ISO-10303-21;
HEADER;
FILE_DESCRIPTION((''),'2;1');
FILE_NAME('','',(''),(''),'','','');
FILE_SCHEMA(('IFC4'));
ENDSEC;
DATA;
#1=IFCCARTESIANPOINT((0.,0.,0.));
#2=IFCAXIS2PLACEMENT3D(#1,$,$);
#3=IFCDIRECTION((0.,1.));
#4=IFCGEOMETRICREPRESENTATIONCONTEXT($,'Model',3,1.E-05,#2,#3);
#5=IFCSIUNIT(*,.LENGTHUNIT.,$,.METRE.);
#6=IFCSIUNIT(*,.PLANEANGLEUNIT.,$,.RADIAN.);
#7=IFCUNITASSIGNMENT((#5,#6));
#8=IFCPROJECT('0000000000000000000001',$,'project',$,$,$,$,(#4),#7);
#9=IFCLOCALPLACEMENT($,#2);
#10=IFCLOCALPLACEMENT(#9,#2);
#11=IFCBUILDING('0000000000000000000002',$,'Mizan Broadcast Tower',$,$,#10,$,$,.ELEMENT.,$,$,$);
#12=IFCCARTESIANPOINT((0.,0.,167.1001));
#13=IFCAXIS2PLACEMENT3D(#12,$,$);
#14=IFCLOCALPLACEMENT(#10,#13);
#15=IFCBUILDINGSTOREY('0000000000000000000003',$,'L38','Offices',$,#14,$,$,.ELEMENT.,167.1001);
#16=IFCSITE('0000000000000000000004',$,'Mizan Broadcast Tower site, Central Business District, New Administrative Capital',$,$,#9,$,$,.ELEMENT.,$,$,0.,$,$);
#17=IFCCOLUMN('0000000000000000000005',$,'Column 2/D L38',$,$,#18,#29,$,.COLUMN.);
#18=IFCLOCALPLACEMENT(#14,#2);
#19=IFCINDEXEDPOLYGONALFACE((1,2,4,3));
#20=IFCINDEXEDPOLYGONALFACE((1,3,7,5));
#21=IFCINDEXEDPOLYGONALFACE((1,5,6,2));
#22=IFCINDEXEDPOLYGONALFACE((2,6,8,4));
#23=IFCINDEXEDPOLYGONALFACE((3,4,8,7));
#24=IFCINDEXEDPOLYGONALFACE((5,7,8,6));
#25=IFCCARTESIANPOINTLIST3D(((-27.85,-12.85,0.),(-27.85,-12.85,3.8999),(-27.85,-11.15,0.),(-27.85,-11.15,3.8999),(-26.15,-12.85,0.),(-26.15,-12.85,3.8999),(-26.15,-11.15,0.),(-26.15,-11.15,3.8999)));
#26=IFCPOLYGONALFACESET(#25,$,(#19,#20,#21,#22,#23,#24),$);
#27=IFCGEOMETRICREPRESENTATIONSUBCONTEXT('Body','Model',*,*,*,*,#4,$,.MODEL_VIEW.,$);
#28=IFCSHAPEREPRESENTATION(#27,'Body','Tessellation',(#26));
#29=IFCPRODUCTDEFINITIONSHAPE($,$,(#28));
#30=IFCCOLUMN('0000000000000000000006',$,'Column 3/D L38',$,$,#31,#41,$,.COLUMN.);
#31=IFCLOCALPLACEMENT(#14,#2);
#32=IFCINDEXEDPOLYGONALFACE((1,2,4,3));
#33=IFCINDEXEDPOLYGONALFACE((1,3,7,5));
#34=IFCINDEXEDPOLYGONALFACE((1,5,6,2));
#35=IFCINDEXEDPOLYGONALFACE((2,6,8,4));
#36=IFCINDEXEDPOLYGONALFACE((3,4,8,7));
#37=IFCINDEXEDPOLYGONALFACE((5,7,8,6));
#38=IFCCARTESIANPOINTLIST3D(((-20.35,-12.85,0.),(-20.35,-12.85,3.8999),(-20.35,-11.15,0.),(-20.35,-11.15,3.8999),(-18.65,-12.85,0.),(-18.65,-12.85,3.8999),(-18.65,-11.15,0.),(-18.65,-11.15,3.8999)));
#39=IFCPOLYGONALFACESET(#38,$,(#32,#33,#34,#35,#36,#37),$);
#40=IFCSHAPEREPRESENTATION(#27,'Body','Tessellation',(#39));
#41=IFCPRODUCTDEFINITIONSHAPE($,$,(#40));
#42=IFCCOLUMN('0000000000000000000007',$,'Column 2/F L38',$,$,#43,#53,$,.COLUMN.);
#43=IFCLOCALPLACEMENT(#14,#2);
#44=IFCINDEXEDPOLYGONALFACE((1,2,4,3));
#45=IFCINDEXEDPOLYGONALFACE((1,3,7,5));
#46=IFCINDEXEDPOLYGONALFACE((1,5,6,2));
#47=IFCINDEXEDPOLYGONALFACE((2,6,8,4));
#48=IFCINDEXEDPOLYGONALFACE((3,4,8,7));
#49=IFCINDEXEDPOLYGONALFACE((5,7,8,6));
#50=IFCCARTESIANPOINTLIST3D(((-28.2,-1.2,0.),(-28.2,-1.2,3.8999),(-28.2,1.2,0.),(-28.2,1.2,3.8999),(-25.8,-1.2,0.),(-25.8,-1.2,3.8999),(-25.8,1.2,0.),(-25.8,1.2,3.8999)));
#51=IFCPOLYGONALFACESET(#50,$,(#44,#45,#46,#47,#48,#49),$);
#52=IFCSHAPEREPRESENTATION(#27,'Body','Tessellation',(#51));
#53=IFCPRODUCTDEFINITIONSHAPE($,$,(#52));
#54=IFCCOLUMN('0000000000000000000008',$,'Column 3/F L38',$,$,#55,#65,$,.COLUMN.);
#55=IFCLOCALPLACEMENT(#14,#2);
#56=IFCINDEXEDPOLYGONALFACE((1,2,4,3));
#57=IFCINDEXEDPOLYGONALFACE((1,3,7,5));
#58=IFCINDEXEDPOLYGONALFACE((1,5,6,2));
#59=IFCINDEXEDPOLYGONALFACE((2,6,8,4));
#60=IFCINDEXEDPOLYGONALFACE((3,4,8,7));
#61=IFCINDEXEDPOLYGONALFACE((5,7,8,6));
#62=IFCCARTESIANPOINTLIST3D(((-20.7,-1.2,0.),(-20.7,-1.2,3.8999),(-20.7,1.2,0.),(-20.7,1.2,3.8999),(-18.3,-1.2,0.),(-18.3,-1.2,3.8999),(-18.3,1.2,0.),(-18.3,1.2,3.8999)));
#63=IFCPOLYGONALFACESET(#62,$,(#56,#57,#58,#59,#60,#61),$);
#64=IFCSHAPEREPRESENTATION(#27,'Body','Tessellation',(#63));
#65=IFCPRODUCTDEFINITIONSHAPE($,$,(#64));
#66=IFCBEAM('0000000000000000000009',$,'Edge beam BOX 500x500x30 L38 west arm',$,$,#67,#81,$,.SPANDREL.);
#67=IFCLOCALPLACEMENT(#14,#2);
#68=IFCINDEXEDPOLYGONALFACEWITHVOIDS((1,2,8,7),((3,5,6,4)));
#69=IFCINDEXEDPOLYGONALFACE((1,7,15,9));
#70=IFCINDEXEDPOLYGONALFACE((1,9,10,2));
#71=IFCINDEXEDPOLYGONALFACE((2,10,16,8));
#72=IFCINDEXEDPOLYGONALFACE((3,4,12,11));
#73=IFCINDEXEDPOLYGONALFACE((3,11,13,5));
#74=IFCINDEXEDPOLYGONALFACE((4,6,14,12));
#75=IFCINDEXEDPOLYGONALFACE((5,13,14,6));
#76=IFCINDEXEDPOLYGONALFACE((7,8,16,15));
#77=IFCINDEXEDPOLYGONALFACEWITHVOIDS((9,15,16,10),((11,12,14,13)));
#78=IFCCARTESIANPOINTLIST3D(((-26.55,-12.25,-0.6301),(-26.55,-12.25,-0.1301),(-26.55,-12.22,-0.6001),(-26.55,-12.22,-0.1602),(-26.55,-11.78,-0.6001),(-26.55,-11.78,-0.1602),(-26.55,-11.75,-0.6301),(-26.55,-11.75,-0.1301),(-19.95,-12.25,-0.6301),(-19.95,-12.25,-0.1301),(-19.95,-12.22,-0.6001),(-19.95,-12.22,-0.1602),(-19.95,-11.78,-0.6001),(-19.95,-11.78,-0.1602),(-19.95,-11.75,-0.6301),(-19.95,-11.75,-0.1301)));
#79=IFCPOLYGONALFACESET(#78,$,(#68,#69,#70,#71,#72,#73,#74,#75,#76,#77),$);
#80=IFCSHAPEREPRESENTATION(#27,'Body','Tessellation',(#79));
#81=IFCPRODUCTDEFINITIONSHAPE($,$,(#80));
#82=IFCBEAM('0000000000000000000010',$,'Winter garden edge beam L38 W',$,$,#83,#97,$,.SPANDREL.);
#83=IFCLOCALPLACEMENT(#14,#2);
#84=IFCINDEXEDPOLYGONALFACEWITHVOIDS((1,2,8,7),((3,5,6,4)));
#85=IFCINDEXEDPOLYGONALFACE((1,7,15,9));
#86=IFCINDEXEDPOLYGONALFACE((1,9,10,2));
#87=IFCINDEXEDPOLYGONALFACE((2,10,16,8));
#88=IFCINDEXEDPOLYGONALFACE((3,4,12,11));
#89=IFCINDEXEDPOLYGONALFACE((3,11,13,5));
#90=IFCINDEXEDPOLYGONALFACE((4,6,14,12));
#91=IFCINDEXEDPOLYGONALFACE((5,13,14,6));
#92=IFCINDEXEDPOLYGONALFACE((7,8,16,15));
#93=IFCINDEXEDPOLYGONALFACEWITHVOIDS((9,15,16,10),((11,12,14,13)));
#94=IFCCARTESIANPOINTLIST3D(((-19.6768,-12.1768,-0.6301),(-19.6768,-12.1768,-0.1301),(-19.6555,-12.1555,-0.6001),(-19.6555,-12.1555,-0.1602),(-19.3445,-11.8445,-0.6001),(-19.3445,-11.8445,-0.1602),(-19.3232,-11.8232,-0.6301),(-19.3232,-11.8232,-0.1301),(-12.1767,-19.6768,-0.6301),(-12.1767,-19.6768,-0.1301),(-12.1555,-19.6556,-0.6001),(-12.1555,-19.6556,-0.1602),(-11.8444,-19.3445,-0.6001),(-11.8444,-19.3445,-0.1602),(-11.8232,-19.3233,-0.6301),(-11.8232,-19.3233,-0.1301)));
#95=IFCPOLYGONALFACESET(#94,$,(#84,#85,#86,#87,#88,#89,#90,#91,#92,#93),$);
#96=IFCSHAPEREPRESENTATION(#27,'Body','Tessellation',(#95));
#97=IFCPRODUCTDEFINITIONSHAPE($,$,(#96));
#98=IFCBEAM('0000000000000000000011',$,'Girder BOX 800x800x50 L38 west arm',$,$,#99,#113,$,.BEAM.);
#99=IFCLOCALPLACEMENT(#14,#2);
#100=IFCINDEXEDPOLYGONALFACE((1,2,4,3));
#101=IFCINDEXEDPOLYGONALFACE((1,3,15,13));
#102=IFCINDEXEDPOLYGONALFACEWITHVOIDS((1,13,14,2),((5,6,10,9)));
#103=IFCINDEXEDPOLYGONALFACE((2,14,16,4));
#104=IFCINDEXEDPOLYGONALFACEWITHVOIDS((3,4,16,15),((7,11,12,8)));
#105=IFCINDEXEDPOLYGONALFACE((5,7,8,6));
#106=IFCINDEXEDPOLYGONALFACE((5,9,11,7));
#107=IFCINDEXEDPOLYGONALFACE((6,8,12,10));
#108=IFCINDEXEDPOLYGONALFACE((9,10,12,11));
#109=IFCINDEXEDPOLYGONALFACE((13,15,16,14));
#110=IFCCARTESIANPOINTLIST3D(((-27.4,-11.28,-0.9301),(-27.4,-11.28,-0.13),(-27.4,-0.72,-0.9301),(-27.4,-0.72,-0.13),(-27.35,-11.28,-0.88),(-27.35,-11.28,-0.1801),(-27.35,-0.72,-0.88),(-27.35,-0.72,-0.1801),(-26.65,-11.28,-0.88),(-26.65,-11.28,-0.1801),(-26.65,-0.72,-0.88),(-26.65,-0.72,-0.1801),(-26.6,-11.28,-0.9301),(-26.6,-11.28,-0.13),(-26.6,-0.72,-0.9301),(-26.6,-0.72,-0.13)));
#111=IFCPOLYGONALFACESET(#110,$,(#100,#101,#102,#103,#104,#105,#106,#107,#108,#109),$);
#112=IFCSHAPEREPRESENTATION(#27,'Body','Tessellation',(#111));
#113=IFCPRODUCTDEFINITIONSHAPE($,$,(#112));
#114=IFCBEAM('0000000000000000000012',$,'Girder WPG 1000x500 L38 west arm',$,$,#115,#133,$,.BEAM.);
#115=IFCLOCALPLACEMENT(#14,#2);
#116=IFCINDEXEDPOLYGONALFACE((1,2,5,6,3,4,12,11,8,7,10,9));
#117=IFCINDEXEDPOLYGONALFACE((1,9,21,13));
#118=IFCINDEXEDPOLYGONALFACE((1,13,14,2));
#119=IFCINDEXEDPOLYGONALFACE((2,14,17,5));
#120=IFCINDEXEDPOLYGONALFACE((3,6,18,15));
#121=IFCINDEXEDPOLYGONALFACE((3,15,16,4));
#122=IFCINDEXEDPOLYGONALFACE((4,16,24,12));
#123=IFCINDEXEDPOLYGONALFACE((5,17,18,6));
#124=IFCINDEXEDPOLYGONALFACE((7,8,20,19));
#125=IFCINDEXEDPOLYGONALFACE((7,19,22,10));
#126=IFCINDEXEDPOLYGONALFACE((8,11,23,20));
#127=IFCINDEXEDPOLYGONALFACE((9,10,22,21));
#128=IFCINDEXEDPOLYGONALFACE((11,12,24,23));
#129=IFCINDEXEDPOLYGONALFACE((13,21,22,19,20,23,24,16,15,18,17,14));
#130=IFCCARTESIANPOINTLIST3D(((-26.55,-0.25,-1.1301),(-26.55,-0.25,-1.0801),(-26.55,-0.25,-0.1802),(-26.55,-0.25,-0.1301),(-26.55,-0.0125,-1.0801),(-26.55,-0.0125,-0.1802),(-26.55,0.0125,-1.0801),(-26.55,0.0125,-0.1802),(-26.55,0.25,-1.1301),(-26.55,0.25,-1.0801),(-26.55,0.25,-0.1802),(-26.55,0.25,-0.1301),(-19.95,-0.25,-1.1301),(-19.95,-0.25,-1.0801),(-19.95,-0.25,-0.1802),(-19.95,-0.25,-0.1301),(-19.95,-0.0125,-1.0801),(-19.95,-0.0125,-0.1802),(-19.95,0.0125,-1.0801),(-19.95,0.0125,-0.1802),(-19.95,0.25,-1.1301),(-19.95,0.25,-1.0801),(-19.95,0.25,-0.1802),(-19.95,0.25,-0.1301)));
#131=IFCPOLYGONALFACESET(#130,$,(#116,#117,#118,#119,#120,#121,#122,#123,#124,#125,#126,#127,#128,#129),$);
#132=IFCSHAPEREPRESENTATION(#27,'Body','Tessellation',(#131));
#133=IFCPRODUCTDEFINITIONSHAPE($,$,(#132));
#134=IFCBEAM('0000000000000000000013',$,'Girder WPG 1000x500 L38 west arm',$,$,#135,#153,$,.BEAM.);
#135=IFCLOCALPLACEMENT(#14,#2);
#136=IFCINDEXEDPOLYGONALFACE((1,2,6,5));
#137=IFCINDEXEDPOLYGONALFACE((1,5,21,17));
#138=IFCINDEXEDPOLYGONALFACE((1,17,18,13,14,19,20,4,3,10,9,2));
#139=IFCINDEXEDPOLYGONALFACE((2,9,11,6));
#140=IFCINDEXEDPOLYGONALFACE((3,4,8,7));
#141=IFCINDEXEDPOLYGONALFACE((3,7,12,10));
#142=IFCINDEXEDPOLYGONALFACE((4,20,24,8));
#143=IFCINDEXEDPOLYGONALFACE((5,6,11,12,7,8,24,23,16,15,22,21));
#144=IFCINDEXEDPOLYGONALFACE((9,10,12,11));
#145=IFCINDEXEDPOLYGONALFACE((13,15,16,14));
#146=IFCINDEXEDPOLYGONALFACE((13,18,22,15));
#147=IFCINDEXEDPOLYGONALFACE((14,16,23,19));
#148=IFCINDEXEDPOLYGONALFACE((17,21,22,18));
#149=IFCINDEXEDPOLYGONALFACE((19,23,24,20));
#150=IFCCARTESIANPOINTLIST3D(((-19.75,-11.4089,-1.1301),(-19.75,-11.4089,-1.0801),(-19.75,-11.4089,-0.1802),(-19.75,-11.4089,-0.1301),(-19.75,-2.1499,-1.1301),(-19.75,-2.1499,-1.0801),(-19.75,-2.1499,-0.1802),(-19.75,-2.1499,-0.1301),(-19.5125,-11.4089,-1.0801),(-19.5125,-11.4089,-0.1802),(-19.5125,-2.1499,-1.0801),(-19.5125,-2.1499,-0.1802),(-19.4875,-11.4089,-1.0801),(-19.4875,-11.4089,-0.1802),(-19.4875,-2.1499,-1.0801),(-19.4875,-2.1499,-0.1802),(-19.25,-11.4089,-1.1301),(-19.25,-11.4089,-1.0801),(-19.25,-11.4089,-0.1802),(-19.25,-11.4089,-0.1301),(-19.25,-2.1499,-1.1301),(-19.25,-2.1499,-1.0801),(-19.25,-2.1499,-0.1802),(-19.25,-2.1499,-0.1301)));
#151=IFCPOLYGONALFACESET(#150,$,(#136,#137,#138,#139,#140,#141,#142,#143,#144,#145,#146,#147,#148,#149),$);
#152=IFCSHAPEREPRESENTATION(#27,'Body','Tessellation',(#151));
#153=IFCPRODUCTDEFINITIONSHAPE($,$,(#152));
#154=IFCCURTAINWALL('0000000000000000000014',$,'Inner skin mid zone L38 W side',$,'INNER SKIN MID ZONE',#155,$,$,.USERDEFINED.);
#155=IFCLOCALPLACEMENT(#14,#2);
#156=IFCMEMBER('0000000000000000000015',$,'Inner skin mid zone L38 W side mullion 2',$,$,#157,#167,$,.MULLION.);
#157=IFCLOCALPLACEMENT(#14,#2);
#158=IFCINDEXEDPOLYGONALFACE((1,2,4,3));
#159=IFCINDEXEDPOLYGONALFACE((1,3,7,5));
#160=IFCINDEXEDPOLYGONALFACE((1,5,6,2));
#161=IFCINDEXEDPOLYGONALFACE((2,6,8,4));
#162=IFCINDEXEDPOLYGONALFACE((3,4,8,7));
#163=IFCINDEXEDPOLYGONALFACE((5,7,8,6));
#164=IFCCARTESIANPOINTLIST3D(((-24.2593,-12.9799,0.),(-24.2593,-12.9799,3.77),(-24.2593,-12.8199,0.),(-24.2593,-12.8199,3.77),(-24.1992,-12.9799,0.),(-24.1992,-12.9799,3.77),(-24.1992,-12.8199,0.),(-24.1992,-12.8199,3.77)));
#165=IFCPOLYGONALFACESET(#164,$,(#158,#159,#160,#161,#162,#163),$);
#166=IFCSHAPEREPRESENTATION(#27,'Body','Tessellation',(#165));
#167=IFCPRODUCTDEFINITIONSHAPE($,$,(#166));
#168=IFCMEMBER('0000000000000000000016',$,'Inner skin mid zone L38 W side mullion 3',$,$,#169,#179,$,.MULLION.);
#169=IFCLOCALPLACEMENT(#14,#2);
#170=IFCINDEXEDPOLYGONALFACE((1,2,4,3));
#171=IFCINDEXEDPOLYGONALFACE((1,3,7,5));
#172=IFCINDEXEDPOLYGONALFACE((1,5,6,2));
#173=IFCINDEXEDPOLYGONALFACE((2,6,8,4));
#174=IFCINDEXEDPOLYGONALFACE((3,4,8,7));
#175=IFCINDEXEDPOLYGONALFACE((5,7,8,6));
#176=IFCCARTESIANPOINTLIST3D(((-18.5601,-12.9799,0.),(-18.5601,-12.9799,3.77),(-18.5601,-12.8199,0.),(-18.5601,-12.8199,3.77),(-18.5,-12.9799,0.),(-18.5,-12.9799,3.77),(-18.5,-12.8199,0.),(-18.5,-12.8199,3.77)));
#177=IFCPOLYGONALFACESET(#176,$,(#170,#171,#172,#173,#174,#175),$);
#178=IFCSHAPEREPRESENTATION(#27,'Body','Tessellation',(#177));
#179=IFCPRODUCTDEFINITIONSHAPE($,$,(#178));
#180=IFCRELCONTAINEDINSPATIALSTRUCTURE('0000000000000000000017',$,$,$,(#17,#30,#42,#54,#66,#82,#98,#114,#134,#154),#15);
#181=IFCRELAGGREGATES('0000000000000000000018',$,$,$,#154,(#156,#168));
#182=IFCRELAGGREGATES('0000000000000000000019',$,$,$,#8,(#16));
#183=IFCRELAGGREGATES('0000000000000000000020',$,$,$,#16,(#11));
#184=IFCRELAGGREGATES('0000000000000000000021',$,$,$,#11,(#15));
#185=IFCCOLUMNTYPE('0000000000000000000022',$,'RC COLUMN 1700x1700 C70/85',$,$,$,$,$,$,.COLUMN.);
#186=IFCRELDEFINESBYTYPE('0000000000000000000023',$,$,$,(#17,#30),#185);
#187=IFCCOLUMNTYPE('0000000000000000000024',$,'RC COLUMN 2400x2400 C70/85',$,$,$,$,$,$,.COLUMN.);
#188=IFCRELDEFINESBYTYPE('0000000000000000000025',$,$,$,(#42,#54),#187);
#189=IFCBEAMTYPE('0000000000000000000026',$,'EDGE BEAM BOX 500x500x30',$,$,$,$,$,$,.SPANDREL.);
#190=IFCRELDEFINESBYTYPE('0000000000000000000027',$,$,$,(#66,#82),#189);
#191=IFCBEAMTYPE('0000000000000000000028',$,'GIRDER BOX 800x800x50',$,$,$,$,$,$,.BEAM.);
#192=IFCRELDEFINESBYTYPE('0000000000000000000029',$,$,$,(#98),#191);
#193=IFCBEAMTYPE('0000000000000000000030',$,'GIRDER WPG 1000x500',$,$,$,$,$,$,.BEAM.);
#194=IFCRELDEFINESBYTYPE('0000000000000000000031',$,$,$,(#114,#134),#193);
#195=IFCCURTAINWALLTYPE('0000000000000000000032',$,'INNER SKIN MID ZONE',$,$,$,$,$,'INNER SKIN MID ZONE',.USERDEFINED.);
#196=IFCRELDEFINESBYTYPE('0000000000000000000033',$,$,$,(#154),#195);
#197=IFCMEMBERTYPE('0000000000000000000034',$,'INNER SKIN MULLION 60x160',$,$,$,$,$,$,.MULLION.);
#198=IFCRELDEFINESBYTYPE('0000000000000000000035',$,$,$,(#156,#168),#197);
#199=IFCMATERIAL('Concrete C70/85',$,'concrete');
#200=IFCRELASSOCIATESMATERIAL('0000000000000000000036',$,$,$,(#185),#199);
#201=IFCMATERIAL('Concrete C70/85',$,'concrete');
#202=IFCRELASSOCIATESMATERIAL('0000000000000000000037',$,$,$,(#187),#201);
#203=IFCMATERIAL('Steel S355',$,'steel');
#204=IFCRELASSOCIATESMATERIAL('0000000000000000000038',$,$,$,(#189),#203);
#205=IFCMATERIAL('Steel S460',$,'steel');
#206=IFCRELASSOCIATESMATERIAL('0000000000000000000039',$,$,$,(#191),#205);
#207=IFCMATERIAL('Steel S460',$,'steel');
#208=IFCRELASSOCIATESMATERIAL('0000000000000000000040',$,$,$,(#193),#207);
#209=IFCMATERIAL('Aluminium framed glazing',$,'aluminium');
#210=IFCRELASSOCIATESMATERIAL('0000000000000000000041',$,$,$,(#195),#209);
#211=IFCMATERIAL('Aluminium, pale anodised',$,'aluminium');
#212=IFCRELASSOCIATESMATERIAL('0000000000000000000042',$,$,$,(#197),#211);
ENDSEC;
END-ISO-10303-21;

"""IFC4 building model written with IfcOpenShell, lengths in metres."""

from ifc_helpers import new_model, si_unit, direction, frame, origin, origin_2d, place, context, subcontext, project, spatial, rectangle, hollow_rectangle, i_section, extrude, material, material_profile, profile_set, type_object, element, aggregate, save


model = new_model("IFC4")

# Units and contexts
model_context = context("Model", 3, precision=1e-05, world=origin(), true_north=direction((0.0, 1.0)))
body_context = subcontext(model_context, "Body", "Model", "MODEL_VIEW")
ifc_project = project(units=[si_unit("LENGTHUNIT", "METRE"), si_unit("PLANEANGLEUNIT", "RADIAN")], contexts=[model_context])

# Site, building, storey
site_placement = place(None, origin())
site = spatial("IfcSite", under=ifc_project, at=site_placement, Name="Mizan Broadcast Tower site, Central Business District, New Administrative Capital", CompositionType="ELEMENT", RefElevation=0.0)
building_placement = place(site_placement, origin())
building = spatial("IfcBuilding", under=site, at=building_placement, Name="Mizan Broadcast Tower", CompositionType="ELEMENT")
storey_placement = place(building_placement, frame((0.0, 0.0, 167.1001)))
storey = spatial("IfcBuildingStorey", under=building, at=storey_placement, Name="L38", Description="Offices", CompositionType="ELEMENT", Elevation=167.1001)

# Columns
ifc_material_1 = material(Name="Concrete C70/85", Category="concrete")
ifc_material_profile_1 = material_profile(ifc_material_1, rectangle(XDim=1.7, YDim=1.7, at=origin_2d()), Name="RC 1700x1700")
ifc_profile_set_1 = profile_set([ifc_material_profile_1], Name="Concrete C70/85")
column_type_1 = type_object("IfcColumnType", Name="RC COLUMN 1700x1700 C70/85", PredefinedType="COLUMN", material=ifc_profile_set_1)
for number, where, z_axis, x_axis, name in (
    (1, (-27.0, -12.0, 0.0), (0.0, 0.0, 1.0), (1.0, 0.0, 0.0), "Column 2/D L38"),
    (2, (-19.5, -12.0, 0.0), (0.0, 0.0, 1.0), (1.0, 0.0, 0.0), "Column 3/D L38"),
):
    element("IfcColumn", number, at=place(storey_placement, frame(where, z_axis=z_axis, x_axis=x_axis)), inside=storey, type_object=column_type_1, Name=name, PredefinedType="COLUMN", context=body_context, shape_type="SweptSolid", body=[
        extrude(rectangle(XDim=1.7, YDim=1.7, at=origin_2d()), origin(), (0.0, 0.0, 1.0), 3.8999),
    ])
ifc_material_2 = material(Name="Concrete C70/85", Category="concrete")
ifc_material_profile_2 = material_profile(ifc_material_2, rectangle(XDim=2.3999, YDim=2.3999, at=origin_2d()), Name="RC 2400x2400")
ifc_profile_set_2 = profile_set([ifc_material_profile_2], Name="Concrete C70/85")
column_type_2 = type_object("IfcColumnType", Name="RC COLUMN 2400x2400 C70/85", PredefinedType="COLUMN", material=ifc_profile_set_2)
for number, where, z_axis, x_axis, name in (
    (3, (-27.0, 0.0, 0.0), (0.0, 0.0, 1.0), (1.0, 0.0, 0.0), "Column 2/F L38"),
    (4, (-19.5, 0.0, 0.0), (0.0, 0.0, 1.0), (1.0, 0.0, 0.0), "Column 3/F L38"),
):
    element("IfcColumn", number, at=place(storey_placement, frame(where, z_axis=z_axis, x_axis=x_axis)), inside=storey, type_object=column_type_2, Name=name, PredefinedType="COLUMN", context=body_context, shape_type="SweptSolid", body=[
        extrude(rectangle(XDim=2.3999, YDim=2.3999, at=origin_2d()), origin(), (0.0, 0.0, 1.0), 3.8999),
    ])

# Beams
ifc_material_3 = material(Name="Steel S355", Category="steel")
ifc_material_profile_3 = material_profile(ifc_material_3, hollow_rectangle(XDim=0.5, YDim=0.5, WallThickness=0.03, at=origin_2d()), Name="BOX 500x500x30")
ifc_profile_set_3 = profile_set([ifc_material_profile_3], Name="Steel S355")
beam_type_1 = type_object("IfcBeamType", Name="EDGE BEAM BOX 500x500x30", PredefinedType="SPANDREL", material=ifc_profile_set_3)
beam_1_placement = place(storey_placement, frame((-19.95, -12.0, -0.3801), z_axis=(-1.0, 0.0, 0.0), x_axis=(0.0, -1.0, 0.0)))
element("IfcBeam", 5, at=beam_1_placement, inside=storey, type_object=beam_type_1, Name="Edge beam BOX 500x500x30 L38 west arm", PredefinedType="SPANDREL", context=body_context, shape_type="SweptSolid", body=[
    extrude(hollow_rectangle(XDim=0.5, YDim=0.5, WallThickness=0.03, at=origin_2d()), origin(), (0.0, 0.0, 1.0), 6.6001),
])
beam_2_placement = place(storey_placement, frame((-19.5, -12.0, -0.3801), z_axis=(0.707107, -0.707107, 0.0), x_axis=(0.707107, 0.707107, 0.0)))
element("IfcBeam", 6, at=beam_2_placement, inside=storey, type_object=beam_type_1, Name="Winter garden edge beam L38 W", PredefinedType="SPANDREL", context=body_context, shape_type="SweptSolid", body=[
    extrude(hollow_rectangle(XDim=0.5, YDim=0.5, WallThickness=0.03, at=origin_2d()), origin(), (0.0, 0.0, 1.0), 10.6067),
])
ifc_material_4 = material(Name="Steel S460", Category="steel")
ifc_material_profile_4 = material_profile(ifc_material_4, hollow_rectangle(XDim=0.8, YDim=0.8, WallThickness=0.05, at=origin_2d()), Name="BOX 800x800x50")
ifc_profile_set_4 = profile_set([ifc_material_profile_4], Name="Steel S460")
beam_type_2 = type_object("IfcBeamType", Name="GIRDER BOX 800x800x50", PredefinedType="BEAM", material=ifc_profile_set_4)
beam_3_placement = place(storey_placement, frame((-27.0, -11.28, -0.53), z_axis=(0.0, 1.0, 0.0), x_axis=(-1.0, 0.0, 0.0)))
element("IfcBeam", 7, at=beam_3_placement, inside=storey, type_object=beam_type_2, Name="Girder BOX 800x800x50 L38 west arm", PredefinedType="BEAM", context=body_context, shape_type="SweptSolid", body=[
    extrude(hollow_rectangle(XDim=0.8, YDim=0.8, WallThickness=0.05, at=origin_2d()), origin(), (0.0, 0.0, 1.0), 10.5601),
])
ifc_material_5 = material(Name="Steel S460", Category="steel")
ifc_material_profile_5 = material_profile(ifc_material_5, i_section(OverallWidth=0.5, OverallDepth=1.0, WebThickness=0.0249, FlangeThickness=0.05, at=origin_2d()), Name="WPG 1000x500")
ifc_profile_set_5 = profile_set([ifc_material_profile_5], Name="Steel S460")
beam_type_3 = type_object("IfcBeamType", Name="GIRDER WPG 1000x500", PredefinedType="BEAM", material=ifc_profile_set_5)
beam_4_placement = place(storey_placement, frame((-19.95, 0.0, -0.6301), z_axis=(-1.0, 0.0, 0.0), x_axis=(0.0, -1.0, 0.0)))
element("IfcBeam", 8, at=beam_4_placement, inside=storey, type_object=beam_type_3, Name="Girder WPG 1000x500 L38 west arm", PredefinedType="BEAM", context=body_context, shape_type="SweptSolid", body=[
    extrude(i_section(OverallWidth=0.5, OverallDepth=1.0, WebThickness=0.0249, FlangeThickness=0.05, at=origin_2d()), origin(), (0.0, 0.0, 1.0), 6.6001),
])
beam_5_placement = place(storey_placement, frame((-19.5, -11.4089, -0.6301), z_axis=(0.0, 1.0, 0.0), x_axis=(-1.0, 0.0, 0.0)))
element("IfcBeam", 9, at=beam_5_placement, inside=storey, type_object=beam_type_3, Name="Girder WPG 1000x500 L38 west arm", PredefinedType="BEAM", context=body_context, shape_type="SweptSolid", body=[
    extrude(i_section(OverallWidth=0.5, OverallDepth=1.0, WebThickness=0.0249, FlangeThickness=0.05, at=origin_2d()), origin(), (0.0, 0.0, 1.0), 9.259),
])

# Curtain wall, members
ifc_material_6 = material(Name="Aluminium framed glazing", Category="aluminium")
curtain_wall_type_1 = type_object("IfcCurtainWallType", Name="INNER SKIN MID ZONE", ElementType="INNER SKIN MID ZONE", PredefinedType="USERDEFINED", material=ifc_material_6)
curtain_wall_1_placement = place(storey_placement, origin())
curtain_wall_1 = element("IfcCurtainWall", 10, at=curtain_wall_1_placement, inside=storey, type_object=curtain_wall_type_1, Name="Inner skin mid zone L38 W side", ObjectType="INNER SKIN MID ZONE", PredefinedType="USERDEFINED")
ifc_material_7 = material(Name="Aluminium, pale anodised", Category="aluminium")
ifc_material_profile_6 = material_profile(ifc_material_7, rectangle(XDim=0.1599, YDim=0.0601, at=origin_2d()), Name="MULLION 160x60")
ifc_profile_set_6 = profile_set([ifc_material_profile_6], Name="Aluminium, pale anodised")
member_type_1 = type_object("IfcMemberType", Name="INNER SKIN MULLION 60x160", PredefinedType="MULLION", material=ifc_profile_set_6)
member_1_placement = place(storey_placement, frame((-24.2292, -12.8999, 0.0), z_axis=(0.0, 0.0, 1.0), x_axis=(0.0, 1.0, 0.0)))
member_1 = element("IfcMember", 11, at=member_1_placement, type_object=member_type_1, Name="Inner skin mid zone L38 W side mullion 2", PredefinedType="MULLION", context=body_context, shape_type="SweptSolid", body=[
    extrude(rectangle(XDim=0.1599, YDim=0.0601, at=origin_2d()), origin(), (0.0, 0.0, 1.0), 3.77),
])
member_2_placement = place(storey_placement, frame((-18.53, -12.8999, 0.0), z_axis=(0.0, 0.0, 1.0), x_axis=(0.0, 1.0, 0.0)))
member_2 = element("IfcMember", 12, at=member_2_placement, type_object=member_type_1, Name="Inner skin mid zone L38 W side mullion 3", PredefinedType="MULLION", context=body_context, shape_type="SweptSolid", body=[
    extrude(rectangle(XDim=0.1599, YDim=0.0601, at=origin_2d()), origin(), (0.0, 0.0, 1.0), 3.77),
])

aggregate(curtain_wall_1, [member_1, member_2])

save(model, "model.ifc")
